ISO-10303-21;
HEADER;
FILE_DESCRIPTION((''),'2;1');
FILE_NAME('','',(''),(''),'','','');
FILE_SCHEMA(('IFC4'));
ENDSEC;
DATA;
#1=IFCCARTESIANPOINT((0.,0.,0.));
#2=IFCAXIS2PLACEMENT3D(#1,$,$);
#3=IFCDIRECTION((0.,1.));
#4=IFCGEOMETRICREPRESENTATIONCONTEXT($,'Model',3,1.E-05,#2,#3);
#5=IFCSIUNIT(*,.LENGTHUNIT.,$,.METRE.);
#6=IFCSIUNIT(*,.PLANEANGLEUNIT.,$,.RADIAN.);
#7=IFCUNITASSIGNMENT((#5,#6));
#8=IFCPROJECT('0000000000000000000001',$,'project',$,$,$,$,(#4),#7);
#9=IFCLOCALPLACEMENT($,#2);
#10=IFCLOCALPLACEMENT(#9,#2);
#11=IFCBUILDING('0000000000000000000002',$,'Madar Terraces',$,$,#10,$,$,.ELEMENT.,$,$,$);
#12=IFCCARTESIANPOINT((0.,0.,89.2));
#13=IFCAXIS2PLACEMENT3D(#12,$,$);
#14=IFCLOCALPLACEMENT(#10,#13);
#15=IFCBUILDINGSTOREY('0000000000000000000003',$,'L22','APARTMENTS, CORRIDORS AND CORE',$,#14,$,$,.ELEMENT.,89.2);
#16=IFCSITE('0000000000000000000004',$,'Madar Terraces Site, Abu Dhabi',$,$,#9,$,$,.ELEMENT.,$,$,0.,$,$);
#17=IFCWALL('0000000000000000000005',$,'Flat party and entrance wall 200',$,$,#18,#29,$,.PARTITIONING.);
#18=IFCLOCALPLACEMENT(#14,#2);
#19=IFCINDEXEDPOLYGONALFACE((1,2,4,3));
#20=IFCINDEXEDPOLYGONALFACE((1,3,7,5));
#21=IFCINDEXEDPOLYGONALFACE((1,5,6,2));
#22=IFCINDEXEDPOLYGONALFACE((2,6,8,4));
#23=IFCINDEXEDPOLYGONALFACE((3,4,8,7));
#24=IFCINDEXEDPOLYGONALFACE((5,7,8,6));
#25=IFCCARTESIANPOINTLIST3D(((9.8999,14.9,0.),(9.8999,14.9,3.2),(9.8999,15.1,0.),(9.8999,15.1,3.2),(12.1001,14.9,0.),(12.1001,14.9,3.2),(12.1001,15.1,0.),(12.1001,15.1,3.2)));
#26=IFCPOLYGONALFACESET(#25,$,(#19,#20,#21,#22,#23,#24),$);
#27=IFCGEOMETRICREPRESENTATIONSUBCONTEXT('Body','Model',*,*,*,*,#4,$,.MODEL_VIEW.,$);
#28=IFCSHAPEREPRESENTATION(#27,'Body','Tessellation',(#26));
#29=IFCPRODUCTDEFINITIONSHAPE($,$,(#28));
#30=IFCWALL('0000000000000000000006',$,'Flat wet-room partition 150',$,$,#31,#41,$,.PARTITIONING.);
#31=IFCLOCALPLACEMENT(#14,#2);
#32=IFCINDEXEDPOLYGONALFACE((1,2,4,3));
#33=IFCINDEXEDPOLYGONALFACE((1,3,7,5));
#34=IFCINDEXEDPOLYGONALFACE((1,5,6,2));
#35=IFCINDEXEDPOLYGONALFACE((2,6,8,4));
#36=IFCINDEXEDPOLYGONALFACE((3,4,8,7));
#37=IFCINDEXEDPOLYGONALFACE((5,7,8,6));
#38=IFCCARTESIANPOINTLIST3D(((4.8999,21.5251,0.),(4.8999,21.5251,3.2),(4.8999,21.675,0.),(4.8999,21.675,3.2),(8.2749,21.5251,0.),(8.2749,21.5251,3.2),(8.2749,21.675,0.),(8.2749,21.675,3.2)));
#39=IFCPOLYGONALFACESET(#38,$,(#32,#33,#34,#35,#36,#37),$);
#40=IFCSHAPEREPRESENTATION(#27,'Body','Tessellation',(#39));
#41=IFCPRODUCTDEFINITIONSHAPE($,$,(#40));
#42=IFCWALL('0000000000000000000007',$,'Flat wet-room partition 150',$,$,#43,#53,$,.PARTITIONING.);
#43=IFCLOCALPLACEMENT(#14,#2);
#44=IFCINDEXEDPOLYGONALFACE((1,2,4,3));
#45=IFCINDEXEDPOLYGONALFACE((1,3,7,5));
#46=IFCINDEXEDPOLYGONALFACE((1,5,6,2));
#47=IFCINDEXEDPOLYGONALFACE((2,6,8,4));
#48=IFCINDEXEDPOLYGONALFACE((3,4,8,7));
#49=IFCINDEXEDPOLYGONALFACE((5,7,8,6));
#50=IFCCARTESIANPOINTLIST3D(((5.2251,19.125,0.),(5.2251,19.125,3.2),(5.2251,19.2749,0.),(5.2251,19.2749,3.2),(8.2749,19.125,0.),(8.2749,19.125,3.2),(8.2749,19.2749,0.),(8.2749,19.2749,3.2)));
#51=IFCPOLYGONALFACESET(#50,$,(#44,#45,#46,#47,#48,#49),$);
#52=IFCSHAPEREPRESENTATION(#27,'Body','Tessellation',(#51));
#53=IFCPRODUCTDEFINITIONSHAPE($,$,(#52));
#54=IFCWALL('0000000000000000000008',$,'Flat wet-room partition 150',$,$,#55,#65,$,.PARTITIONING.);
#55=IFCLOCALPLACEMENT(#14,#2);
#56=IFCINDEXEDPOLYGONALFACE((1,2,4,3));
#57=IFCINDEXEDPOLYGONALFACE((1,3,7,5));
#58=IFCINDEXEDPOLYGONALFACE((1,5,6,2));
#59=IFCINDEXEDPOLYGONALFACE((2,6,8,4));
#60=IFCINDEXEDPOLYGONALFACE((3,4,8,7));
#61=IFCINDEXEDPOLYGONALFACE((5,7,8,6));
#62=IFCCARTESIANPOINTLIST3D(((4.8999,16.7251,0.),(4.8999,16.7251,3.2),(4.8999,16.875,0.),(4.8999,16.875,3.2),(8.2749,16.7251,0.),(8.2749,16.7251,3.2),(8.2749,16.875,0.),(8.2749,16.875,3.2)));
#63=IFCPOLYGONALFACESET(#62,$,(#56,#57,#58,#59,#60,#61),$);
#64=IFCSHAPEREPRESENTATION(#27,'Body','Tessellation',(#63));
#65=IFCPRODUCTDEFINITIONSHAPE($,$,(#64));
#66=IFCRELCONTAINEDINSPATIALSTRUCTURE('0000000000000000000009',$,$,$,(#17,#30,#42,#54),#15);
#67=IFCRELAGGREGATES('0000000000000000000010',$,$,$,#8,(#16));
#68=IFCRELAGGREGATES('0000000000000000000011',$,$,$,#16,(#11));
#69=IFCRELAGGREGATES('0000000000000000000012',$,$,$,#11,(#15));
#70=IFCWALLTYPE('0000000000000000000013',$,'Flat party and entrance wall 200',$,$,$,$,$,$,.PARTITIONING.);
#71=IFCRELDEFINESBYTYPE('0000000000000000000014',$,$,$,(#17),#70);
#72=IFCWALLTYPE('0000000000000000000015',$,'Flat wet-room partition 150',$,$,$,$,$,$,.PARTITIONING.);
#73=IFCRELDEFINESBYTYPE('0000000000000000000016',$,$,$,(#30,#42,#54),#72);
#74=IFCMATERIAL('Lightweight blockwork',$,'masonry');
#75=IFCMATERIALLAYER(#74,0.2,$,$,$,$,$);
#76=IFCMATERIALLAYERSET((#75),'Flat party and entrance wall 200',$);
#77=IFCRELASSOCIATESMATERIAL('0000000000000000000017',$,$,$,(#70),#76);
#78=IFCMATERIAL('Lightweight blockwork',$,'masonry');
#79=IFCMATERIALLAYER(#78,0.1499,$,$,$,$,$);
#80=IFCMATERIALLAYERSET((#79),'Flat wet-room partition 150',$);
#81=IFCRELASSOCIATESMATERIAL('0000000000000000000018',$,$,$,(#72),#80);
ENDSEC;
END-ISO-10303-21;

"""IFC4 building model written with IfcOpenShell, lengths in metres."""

from ifc_helpers import new_model, si_unit, direction, frame, frame_2d, origin, place, context, subcontext, project, spatial, rectangle, extrude, material, layer, layer_set, type_object, element, save


model = new_model("IFC4")

# Units and contexts
model_context = context("Model", 3, precision=1e-05, world=origin(), true_north=direction((0.0, 1.0)))
body_context = subcontext(model_context, "Body", "Model", "MODEL_VIEW")
ifc_project = project(units=[si_unit("LENGTHUNIT", "METRE"), si_unit("PLANEANGLEUNIT", "RADIAN")], contexts=[model_context])

# Site, building, storey
site_placement = place(None, origin())
site = spatial("IfcSite", under=ifc_project, at=site_placement, Name="Madar Terraces Site, Abu Dhabi", CompositionType="ELEMENT", RefElevation=0.0)
building_placement = place(site_placement, origin())
building = spatial("IfcBuilding", under=site, at=building_placement, Name="Madar Terraces", CompositionType="ELEMENT")
storey_placement = place(building_placement, frame((0.0, 0.0, 89.2)))
storey = spatial("IfcBuildingStorey", under=building, at=storey_placement, Name="L22", Description="APARTMENTS, CORRIDORS AND CORE", CompositionType="ELEMENT", Elevation=89.2)

# Shared definitions
ifc_material_1 = material(Name="Lightweight blockwork", Category="masonry")
ifc_layer_1 = layer(ifc_material_1, 0.2)
ifc_layer_set_1 = layer_set([ifc_layer_1], Name="Flat party and entrance wall 200")
wall_type_1 = type_object("IfcWallType", Name="Flat party and entrance wall 200", PredefinedType="PARTITIONING", material=ifc_layer_set_1)

# Walls
wall_1_placement = place(storey_placement, frame((9.8999, 15.0, 0.0), z_axis=(0.0, 0.0, 1.0), x_axis=(1.0, 0.0, 0.0)))
element("IfcWall", 1, at=wall_1_placement, inside=storey, type_object=wall_type_1, Name="Flat party and entrance wall 200", PredefinedType="PARTITIONING", context=body_context, shape_type="SweptSolid", body=[
    extrude(rectangle(XDim=2.2002, YDim=0.2, at=frame_2d((1.1001, 0.0))), origin(), (0.0, 0.0, 1.0), 3.2),
])
ifc_material_2 = material(Name="Lightweight blockwork", Category="masonry")
ifc_layer_2 = layer(ifc_material_2, 0.1499)
ifc_layer_set_2 = layer_set([ifc_layer_2], Name="Flat wet-room partition 150")
wall_type_2 = type_object("IfcWallType", Name="Flat wet-room partition 150", PredefinedType="PARTITIONING", material=ifc_layer_set_2)
wall_2_placement = place(storey_placement, frame((8.2749, 21.6001, 0.0), z_axis=(0.0, 0.0, 1.0), x_axis=(-1.0, 0.0, 0.0)))
element("IfcWall", 2, at=wall_2_placement, inside=storey, type_object=wall_type_2, Name="Flat wet-room partition 150", PredefinedType="PARTITIONING", context=body_context, shape_type="SweptSolid", body=[
    extrude(rectangle(XDim=3.375, YDim=0.1499, at=frame_2d((1.6875, 0.0))), origin(), (0.0, 0.0, 1.0), 3.2),
])
wall_3_placement = place(storey_placement, frame((8.2749, 19.2, 0.0), z_axis=(0.0, 0.0, 1.0), x_axis=(-1.0, 0.0, 0.0)))
element("IfcWall", 3, at=wall_3_placement, inside=storey, type_object=wall_type_2, Name="Flat wet-room partition 150", PredefinedType="PARTITIONING", context=body_context, shape_type="SweptSolid", body=[
    extrude(rectangle(XDim=3.0498, YDim=0.1499, at=frame_2d((1.5249, 0.0))), origin(), (0.0, 0.0, 1.0), 3.2),
])
wall_4_placement = place(storey_placement, frame((8.2749, 16.8, 0.0), z_axis=(0.0, 0.0, 1.0), x_axis=(-1.0, 0.0, 0.0)))
element("IfcWall", 4, at=wall_4_placement, inside=storey, type_object=wall_type_2, Name="Flat wet-room partition 150", PredefinedType="PARTITIONING", context=body_context, shape_type="SweptSolid", body=[
    extrude(rectangle(XDim=3.375, YDim=0.1499, at=frame_2d((1.6875, 0.0))), origin(), (0.0, 0.0, 1.0), 3.2),
])

save(model, "model.ifc")
